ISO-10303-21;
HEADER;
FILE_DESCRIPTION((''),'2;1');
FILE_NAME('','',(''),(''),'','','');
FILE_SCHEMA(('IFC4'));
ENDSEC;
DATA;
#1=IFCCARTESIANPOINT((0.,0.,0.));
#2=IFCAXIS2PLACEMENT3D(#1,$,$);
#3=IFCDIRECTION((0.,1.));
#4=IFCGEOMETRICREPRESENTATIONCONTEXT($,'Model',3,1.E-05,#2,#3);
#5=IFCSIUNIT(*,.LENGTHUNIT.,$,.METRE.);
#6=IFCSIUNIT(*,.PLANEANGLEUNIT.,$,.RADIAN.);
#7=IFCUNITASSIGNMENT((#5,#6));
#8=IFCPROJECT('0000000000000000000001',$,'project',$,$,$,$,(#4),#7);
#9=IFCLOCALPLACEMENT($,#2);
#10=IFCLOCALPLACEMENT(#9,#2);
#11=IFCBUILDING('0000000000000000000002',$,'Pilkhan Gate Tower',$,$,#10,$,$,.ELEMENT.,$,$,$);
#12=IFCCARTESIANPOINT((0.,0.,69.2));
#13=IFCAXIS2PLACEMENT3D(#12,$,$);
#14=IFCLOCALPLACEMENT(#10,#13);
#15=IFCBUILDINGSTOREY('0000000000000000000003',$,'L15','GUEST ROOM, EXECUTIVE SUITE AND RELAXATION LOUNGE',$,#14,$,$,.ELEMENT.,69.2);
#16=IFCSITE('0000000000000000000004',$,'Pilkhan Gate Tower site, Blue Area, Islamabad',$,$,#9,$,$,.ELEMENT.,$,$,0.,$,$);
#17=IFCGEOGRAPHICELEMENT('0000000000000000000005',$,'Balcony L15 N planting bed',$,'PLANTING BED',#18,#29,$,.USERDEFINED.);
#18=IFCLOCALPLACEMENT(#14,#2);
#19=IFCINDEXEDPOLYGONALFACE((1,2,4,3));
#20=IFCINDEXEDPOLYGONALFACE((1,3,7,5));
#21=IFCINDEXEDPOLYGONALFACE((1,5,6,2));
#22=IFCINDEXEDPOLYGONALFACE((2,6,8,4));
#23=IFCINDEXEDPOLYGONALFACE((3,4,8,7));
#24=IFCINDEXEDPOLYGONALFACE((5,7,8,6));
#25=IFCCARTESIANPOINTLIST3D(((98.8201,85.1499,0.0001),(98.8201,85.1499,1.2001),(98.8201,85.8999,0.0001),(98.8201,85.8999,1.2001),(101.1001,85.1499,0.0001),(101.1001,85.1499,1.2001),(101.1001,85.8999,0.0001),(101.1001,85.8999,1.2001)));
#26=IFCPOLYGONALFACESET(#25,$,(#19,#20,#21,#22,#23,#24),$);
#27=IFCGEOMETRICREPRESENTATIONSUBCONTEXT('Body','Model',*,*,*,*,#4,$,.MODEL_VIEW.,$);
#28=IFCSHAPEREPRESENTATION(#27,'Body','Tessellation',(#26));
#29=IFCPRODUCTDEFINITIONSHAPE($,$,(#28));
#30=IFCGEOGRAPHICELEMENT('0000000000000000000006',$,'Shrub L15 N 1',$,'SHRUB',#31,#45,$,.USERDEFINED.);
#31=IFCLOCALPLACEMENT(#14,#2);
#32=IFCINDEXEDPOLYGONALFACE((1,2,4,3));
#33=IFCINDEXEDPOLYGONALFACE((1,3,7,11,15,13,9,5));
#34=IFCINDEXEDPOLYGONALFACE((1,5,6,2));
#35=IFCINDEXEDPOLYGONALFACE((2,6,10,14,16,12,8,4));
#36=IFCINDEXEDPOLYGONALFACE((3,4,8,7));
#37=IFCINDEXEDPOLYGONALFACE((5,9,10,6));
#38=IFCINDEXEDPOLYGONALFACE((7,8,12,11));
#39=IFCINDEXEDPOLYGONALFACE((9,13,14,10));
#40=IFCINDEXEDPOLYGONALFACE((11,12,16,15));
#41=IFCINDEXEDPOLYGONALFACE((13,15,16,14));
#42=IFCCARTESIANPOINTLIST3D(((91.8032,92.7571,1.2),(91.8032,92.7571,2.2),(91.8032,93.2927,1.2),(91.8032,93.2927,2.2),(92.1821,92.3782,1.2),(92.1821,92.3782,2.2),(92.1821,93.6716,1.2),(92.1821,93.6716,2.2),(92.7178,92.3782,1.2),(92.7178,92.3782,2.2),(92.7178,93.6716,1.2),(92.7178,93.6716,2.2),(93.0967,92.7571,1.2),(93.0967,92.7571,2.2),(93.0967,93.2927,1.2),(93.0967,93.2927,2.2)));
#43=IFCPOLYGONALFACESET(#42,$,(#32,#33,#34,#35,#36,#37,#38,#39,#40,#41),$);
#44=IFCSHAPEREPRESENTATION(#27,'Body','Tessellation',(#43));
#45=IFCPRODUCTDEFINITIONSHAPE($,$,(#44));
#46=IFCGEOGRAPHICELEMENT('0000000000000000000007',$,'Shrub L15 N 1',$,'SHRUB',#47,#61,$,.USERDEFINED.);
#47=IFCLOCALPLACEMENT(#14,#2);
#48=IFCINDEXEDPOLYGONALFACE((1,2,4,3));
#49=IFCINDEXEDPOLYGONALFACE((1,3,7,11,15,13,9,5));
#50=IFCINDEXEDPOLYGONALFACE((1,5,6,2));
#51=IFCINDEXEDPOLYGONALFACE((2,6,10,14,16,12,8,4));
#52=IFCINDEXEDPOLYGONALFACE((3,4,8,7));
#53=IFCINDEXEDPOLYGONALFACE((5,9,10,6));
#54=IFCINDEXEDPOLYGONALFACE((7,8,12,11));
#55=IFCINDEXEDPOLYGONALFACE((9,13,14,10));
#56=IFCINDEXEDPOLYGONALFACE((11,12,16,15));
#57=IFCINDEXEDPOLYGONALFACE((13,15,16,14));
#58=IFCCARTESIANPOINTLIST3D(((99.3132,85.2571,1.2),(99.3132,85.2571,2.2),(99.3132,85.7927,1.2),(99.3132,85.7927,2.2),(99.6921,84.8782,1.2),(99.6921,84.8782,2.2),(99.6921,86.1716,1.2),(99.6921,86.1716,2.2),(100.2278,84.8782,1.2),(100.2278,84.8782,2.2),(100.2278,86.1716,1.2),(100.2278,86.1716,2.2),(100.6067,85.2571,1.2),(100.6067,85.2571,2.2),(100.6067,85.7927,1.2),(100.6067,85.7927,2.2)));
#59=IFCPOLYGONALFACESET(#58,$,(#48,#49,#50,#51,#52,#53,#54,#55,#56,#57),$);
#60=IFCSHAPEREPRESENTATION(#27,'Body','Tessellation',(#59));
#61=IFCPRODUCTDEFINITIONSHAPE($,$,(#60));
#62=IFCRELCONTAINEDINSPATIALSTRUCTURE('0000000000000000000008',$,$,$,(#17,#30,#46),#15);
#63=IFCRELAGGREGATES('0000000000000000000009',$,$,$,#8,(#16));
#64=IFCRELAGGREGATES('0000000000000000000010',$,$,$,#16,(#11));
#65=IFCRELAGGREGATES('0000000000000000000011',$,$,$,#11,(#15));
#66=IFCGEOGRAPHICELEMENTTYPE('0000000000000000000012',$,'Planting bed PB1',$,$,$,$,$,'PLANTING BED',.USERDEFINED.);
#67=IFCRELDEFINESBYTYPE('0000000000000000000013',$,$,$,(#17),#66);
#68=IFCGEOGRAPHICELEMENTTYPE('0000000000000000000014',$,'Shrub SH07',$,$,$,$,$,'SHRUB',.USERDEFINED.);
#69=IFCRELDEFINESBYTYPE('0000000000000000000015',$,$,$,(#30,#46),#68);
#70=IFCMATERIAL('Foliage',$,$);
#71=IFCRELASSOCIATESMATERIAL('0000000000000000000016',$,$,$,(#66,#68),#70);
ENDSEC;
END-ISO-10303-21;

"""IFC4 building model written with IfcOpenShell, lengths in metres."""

from ifc_helpers import new_model, si_unit, direction, frame, origin, origin_2d, place, context, subcontext, project, spatial, polyline, rectangle, outline, extrude, material, material_profile, profile_set, type_object, element, save


model = new_model("IFC4")

# Units and contexts
model_context = context("Model", 3, precision=1e-05, world=origin(), true_north=direction((0.0, 1.0)))
body_context = subcontext(model_context, "Body", "Model", "MODEL_VIEW")
ifc_project = project(units=[si_unit("LENGTHUNIT", "METRE"), si_unit("PLANEANGLEUNIT", "RADIAN")], contexts=[model_context])

# Site, building, storey
site_placement = place(None, origin())
site = spatial("IfcSite", under=ifc_project, at=site_placement, Name="Pilkhan Gate Tower site, Blue Area, Islamabad", CompositionType="ELEMENT", RefElevation=0.0)
building_placement = place(site_placement, origin())
building = spatial("IfcBuilding", under=site, at=building_placement, Name="Pilkhan Gate Tower", CompositionType="ELEMENT")
storey_placement = place(building_placement, frame((0.0, 0.0, 69.2)))
storey = spatial("IfcBuildingStorey", under=building, at=storey_placement, Name="L15", Description="GUEST ROOM, EXECUTIVE SUITE AND RELAXATION LOUNGE", CompositionType="ELEMENT", Elevation=69.2)

# Geographic elements
ifc_material_1 = material(Name="Foliage")
ifc_material_profile_1 = material_profile(ifc_material_1, rectangle(XDim=0.75, YDim=1.2, at=origin_2d()), Name="Bed 750x1200")
ifc_profile_set_1 = profile_set([ifc_material_profile_1], Name="Foliage")
geographic_element_type_1 = type_object("IfcGeographicElementType", Name="Planting bed PB1", ElementType="PLANTING BED", PredefinedType="USERDEFINED", material=ifc_profile_set_1)
geographic_element_placement = place(storey_placement, frame((98.8201, 85.5249, 0.6001), z_axis=(1.0, 0.0, 0.0), x_axis=(0.0, 1.0, 0.0)))
element("IfcGeographicElement", 1, at=geographic_element_placement, inside=storey, type_object=geographic_element_type_1, Name="Balcony L15 N planting bed", ObjectType="PLANTING BED", PredefinedType="USERDEFINED", context=body_context, shape_type="SweptSolid", body=[
    extrude(rectangle(XDim=0.75, YDim=1.2, at=origin_2d()), origin(), (0.0, 0.0, 1.0), 2.28),
])
ifc_material_profile_2 = material_profile(ifc_material_1, outline(polyline([(0.6467, 0.2678), (0.2678, 0.6467), (-0.2678, 0.6467), (-0.6467, 0.2678), (-0.6467, -0.2678), (-0.2678, -0.6467), (0.2678, -0.6467), (0.6467, -0.2678), (0.6467, 0.2678)])), Name="Shrub D1.4")
ifc_profile_set_2 = profile_set([ifc_material_profile_2], Name="Foliage")
geographic_element_type_2 = type_object("IfcGeographicElementType", Name="Shrub SH07", ElementType="SHRUB", PredefinedType="USERDEFINED", material=ifc_profile_set_2)
for number, where, z_axis, x_axis, name in (
    (2, (92.45, 93.0249, 1.2), (0.0, 0.0, 1.0), (1.0, 0.0, 0.0), "Shrub L15 N 1"),
    (3, (99.96, 85.5249, 1.2), (0.0, 0.0, 1.0), (1.0, 0.0, 0.0), "Shrub L15 N 1"),
):
    element("IfcGeographicElement", number, at=place(storey_placement, frame(where, z_axis=z_axis, x_axis=x_axis)), inside=storey, type_object=geographic_element_type_2, Name=name, ObjectType="SHRUB", PredefinedType="USERDEFINED", context=body_context, shape_type="SweptSolid", body=[
        extrude(outline(polyline([(0.6467, 0.2678), (0.2678, 0.6467), (-0.2678, 0.6467), (-0.6467, 0.2678), (-0.6467, -0.2678), (-0.2678, -0.6467), (0.2678, -0.6467), (0.6467, -0.2678), (0.6467, 0.2678)])), origin(), (0.0, 0.0, 1.0), 1.0),
    ])

save(model, "model.ifc")
